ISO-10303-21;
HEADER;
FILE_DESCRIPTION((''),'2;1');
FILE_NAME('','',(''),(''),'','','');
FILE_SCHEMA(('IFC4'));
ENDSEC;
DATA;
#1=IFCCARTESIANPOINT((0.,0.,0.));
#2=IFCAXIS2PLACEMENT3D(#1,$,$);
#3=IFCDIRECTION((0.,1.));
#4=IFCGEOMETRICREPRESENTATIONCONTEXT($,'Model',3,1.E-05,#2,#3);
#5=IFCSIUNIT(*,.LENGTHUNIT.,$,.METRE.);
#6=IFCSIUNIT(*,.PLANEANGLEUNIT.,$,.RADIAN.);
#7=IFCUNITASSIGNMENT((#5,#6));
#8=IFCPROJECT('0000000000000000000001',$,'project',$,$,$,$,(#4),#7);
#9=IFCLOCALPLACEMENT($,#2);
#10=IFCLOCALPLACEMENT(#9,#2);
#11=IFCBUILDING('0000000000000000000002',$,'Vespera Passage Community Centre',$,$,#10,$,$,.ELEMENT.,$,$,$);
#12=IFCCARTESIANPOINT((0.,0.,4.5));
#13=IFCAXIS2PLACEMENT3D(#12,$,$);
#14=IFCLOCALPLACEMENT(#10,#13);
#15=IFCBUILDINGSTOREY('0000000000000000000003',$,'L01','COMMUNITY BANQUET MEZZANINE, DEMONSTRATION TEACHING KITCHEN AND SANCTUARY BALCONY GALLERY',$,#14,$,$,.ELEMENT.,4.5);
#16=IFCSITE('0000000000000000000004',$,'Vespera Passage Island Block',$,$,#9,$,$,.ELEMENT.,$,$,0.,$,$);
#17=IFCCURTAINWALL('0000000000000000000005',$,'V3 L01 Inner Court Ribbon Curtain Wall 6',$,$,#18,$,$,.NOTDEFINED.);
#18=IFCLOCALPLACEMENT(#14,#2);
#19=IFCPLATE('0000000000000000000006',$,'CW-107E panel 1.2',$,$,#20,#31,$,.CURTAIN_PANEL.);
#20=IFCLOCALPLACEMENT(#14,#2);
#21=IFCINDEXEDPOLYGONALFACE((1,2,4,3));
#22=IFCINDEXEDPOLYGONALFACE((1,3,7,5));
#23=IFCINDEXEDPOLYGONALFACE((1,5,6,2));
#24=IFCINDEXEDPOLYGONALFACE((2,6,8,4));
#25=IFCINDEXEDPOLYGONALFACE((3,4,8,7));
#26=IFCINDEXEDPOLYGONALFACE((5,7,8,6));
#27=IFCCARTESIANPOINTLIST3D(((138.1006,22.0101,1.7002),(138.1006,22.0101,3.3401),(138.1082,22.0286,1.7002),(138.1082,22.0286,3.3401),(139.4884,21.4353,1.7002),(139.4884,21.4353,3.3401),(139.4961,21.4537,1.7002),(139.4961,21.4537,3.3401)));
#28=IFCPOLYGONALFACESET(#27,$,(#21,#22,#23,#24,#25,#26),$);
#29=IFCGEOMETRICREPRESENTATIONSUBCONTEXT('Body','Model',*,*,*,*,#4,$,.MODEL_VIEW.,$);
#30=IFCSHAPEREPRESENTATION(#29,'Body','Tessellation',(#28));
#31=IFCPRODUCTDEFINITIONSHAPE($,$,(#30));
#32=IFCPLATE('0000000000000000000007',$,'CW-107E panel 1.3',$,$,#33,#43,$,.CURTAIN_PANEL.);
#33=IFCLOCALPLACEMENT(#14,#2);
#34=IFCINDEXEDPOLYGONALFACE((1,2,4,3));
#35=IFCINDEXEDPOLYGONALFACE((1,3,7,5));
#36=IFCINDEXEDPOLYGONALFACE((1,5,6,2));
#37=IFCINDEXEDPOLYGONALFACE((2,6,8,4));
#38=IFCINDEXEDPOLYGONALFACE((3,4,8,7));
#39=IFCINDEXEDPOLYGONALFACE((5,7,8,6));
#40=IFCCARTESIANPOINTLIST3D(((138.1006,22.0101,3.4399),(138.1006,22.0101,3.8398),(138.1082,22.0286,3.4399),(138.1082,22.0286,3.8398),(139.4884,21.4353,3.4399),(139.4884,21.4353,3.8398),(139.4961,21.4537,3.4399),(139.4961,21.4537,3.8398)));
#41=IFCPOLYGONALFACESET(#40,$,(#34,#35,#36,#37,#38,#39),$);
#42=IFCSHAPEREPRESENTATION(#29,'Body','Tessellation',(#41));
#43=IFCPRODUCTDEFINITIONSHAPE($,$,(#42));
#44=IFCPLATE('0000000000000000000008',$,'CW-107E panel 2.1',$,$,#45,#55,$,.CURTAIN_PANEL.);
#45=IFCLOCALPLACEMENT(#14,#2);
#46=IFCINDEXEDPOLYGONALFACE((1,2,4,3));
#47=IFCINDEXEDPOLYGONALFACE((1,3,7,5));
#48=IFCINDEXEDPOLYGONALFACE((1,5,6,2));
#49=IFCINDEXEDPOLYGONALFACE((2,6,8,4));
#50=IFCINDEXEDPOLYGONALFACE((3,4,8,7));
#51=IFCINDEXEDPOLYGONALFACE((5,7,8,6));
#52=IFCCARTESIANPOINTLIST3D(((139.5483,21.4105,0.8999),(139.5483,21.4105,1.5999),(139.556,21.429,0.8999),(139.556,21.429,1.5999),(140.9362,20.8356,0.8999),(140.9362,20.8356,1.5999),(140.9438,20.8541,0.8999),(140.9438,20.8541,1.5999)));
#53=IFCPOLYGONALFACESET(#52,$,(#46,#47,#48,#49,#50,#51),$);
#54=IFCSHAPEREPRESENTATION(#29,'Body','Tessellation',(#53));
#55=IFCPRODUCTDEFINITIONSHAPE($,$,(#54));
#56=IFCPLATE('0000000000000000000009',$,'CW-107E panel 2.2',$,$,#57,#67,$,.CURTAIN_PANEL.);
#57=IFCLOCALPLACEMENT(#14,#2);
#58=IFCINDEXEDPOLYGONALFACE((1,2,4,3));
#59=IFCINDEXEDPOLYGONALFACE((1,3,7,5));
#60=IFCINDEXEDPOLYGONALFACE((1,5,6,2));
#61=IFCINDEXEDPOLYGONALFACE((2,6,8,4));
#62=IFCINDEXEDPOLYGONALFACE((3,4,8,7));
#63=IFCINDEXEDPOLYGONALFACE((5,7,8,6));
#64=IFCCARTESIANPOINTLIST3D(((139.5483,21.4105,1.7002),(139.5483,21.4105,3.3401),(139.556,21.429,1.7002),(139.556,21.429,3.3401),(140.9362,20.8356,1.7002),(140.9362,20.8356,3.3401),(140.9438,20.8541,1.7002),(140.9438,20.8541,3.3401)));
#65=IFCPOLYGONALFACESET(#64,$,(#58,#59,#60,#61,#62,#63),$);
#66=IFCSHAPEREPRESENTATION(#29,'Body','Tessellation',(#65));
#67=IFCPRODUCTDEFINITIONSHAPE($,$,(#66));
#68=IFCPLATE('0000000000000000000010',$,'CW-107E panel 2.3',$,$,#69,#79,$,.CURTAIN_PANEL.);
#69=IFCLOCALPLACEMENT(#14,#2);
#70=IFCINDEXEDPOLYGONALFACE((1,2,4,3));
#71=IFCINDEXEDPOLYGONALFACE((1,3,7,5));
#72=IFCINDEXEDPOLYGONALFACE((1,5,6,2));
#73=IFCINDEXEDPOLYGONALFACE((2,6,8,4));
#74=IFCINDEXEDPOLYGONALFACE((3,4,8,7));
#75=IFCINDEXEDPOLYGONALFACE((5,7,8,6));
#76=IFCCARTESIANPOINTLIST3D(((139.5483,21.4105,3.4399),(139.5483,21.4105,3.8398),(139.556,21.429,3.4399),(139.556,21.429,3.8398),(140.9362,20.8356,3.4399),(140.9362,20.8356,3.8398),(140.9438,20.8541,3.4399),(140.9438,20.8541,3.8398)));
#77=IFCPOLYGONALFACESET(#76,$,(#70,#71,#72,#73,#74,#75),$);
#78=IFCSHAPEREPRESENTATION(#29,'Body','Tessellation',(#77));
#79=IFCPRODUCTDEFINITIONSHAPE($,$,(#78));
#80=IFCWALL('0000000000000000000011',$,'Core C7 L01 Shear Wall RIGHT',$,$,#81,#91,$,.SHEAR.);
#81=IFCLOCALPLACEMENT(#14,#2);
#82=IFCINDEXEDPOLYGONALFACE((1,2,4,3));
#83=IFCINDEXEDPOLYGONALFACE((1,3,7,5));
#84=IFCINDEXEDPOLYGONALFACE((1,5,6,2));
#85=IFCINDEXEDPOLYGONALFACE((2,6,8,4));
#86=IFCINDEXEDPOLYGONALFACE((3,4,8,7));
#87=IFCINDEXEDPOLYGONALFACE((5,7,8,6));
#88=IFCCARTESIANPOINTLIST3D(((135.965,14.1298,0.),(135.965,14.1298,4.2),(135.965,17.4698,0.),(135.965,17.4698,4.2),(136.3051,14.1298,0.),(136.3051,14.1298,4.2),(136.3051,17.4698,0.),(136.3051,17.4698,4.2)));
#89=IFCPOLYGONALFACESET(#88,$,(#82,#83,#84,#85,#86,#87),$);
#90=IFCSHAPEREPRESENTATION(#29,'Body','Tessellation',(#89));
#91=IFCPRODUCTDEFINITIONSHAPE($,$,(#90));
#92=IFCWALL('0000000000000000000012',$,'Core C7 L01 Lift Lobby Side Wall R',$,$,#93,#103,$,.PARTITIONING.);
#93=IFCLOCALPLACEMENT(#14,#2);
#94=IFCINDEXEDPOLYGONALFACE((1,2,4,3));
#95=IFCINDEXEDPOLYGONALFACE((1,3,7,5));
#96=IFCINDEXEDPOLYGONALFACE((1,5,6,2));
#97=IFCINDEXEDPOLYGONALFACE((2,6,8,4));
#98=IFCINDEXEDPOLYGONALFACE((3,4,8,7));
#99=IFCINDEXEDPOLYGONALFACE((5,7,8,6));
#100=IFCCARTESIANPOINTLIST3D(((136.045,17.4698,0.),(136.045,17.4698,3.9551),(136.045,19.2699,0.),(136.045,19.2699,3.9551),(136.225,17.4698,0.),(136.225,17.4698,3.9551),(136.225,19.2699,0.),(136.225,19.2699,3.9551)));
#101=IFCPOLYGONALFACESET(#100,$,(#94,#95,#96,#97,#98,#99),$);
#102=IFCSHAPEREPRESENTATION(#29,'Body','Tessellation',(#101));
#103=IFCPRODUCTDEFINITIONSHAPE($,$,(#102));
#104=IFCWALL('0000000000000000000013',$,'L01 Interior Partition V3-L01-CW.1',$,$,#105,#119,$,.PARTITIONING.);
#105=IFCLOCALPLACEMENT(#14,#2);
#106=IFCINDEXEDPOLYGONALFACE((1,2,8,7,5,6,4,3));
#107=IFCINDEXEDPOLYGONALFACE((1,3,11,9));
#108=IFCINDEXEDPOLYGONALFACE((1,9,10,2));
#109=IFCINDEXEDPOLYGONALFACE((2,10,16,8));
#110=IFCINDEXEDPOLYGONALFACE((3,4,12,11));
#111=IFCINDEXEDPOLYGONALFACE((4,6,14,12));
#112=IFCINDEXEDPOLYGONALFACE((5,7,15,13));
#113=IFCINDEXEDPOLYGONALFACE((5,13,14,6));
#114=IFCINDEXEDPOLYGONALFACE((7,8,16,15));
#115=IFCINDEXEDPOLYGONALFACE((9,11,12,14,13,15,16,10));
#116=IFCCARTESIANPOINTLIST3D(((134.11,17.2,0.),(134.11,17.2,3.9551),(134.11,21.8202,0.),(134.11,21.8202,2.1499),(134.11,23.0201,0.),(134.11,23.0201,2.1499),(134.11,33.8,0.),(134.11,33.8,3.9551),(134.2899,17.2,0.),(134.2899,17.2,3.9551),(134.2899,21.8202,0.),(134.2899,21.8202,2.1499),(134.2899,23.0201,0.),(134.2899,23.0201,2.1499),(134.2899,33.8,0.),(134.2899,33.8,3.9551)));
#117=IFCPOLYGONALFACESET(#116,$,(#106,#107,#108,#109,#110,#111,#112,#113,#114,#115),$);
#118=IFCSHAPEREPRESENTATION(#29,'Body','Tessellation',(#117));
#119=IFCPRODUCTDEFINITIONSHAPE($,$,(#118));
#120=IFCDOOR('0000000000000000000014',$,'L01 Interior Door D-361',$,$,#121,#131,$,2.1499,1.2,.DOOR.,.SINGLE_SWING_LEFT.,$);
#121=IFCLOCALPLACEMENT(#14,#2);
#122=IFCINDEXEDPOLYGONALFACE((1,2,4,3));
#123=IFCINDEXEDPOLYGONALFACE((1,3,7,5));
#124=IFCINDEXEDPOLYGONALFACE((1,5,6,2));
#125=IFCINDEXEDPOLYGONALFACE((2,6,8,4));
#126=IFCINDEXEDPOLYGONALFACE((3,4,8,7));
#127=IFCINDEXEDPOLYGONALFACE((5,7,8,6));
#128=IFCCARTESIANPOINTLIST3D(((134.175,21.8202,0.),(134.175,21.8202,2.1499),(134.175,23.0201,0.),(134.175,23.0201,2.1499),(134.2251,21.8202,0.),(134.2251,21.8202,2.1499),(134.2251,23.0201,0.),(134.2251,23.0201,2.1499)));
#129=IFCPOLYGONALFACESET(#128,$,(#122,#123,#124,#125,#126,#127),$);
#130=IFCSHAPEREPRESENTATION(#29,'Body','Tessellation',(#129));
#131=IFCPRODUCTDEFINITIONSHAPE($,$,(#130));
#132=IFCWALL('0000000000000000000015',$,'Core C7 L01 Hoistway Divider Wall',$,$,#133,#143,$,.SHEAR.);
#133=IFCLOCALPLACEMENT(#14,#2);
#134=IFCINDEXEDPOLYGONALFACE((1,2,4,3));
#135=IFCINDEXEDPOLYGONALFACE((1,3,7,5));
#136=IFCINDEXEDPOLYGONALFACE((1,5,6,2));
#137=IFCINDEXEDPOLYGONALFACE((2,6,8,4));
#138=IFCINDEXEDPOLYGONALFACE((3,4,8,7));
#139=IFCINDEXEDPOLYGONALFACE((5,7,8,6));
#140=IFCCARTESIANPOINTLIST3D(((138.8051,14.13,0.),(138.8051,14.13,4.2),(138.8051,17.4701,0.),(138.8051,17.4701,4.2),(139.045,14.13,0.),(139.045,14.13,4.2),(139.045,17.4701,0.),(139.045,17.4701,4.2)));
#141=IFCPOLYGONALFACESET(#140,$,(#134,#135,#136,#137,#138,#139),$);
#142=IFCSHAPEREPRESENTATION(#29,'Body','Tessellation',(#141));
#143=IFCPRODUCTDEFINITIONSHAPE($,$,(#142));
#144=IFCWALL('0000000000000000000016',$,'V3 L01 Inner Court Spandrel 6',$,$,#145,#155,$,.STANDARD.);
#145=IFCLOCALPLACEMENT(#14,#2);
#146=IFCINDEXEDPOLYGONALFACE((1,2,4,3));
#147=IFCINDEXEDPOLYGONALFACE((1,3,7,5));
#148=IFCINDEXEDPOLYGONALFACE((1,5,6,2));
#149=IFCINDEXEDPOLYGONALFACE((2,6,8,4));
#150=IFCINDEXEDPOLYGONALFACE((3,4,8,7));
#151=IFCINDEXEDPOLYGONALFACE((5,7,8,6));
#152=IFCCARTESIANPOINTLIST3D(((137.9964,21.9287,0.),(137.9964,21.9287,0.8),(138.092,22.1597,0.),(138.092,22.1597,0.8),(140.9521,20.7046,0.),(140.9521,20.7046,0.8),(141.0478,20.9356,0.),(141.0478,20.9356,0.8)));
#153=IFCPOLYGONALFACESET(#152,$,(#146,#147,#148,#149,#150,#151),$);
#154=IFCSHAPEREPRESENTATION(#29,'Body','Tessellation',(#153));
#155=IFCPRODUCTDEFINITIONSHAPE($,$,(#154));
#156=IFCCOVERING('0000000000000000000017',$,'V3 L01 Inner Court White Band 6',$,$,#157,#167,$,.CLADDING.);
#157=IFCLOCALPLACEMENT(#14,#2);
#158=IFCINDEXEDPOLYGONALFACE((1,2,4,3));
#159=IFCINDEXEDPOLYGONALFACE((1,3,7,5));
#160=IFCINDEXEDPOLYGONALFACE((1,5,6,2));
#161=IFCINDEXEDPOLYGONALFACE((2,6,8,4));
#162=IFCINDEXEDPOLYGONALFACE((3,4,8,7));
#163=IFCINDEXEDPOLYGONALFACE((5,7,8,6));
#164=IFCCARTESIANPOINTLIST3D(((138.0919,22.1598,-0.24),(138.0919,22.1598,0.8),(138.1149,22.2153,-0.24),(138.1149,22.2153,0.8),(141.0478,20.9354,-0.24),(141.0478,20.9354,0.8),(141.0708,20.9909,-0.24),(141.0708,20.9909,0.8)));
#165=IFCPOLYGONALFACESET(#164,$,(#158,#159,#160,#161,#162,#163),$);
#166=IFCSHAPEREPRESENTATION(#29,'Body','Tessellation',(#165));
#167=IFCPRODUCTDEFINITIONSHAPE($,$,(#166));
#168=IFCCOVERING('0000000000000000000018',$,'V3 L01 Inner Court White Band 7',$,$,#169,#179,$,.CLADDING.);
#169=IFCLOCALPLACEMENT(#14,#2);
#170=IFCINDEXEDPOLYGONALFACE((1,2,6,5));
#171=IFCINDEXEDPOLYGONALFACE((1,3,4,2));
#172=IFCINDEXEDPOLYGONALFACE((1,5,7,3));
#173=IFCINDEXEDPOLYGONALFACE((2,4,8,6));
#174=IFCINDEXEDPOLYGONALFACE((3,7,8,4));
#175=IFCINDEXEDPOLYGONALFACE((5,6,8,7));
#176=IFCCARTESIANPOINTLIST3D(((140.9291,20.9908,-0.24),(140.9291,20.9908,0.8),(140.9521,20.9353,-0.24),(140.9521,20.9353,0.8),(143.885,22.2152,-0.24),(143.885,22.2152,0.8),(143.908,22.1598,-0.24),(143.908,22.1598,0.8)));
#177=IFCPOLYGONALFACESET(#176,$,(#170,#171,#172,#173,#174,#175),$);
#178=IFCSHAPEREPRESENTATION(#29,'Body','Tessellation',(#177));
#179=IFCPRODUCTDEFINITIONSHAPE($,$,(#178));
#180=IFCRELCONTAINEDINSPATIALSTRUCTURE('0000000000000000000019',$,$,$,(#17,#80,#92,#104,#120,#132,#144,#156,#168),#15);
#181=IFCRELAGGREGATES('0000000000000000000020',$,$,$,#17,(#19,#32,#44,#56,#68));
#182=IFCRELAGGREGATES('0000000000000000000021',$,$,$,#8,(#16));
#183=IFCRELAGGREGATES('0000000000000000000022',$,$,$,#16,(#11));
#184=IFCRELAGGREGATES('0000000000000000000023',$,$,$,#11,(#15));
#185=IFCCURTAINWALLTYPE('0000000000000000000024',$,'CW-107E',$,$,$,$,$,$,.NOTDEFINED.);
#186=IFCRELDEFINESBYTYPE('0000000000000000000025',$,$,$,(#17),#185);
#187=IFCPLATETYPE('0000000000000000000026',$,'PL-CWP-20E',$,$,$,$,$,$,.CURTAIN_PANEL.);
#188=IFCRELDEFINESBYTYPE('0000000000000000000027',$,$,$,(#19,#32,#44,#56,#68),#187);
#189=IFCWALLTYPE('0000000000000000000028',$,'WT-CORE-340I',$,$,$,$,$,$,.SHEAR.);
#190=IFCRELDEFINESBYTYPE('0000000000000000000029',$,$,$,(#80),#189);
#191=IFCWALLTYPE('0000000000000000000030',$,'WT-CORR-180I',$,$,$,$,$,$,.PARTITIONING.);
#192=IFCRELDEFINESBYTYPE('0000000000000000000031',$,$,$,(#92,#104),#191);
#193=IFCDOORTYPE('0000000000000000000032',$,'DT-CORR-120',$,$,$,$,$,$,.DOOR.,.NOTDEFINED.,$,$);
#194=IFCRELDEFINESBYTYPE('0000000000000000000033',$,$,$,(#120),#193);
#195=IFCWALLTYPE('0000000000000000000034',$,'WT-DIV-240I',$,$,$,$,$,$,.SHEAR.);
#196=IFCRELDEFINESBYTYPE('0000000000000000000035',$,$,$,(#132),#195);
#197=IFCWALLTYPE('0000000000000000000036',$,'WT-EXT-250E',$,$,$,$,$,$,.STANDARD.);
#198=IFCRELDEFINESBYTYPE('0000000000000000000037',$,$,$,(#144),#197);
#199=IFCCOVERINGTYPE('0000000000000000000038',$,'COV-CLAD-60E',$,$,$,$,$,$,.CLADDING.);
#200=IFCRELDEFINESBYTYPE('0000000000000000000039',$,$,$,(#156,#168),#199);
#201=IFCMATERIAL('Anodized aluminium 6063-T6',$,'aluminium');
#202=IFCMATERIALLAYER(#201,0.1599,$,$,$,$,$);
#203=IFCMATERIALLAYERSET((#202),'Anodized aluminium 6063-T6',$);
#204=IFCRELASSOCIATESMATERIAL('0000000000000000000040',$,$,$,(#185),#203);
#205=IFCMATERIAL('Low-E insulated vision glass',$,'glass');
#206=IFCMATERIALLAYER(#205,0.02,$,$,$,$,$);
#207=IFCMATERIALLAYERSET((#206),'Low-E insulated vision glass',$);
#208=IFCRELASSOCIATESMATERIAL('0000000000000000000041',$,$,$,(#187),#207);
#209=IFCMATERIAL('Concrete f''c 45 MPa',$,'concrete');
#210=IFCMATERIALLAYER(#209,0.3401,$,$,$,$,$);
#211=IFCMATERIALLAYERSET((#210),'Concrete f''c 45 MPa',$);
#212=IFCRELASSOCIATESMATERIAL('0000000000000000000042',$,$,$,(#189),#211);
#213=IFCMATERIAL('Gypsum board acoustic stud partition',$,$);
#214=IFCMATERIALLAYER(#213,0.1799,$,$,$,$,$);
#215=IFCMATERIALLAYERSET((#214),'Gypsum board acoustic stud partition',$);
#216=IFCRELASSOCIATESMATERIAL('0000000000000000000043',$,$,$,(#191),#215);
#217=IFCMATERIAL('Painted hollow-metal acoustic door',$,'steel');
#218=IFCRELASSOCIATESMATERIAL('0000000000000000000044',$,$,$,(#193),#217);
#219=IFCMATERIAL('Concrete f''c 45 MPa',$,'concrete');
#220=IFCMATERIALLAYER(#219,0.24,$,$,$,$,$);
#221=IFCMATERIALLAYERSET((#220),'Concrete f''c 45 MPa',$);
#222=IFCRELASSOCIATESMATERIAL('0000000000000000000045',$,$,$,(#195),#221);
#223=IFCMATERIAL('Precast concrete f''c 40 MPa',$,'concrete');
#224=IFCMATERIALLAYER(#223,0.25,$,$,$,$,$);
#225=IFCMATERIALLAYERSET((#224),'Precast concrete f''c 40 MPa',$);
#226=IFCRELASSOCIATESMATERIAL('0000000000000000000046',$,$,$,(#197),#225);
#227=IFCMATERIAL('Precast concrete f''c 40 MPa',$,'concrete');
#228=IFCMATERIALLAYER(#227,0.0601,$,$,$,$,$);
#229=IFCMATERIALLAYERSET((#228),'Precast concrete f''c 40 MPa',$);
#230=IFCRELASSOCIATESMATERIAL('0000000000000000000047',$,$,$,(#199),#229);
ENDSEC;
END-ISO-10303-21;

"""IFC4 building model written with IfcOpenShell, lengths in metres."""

from ifc_helpers import new_model, si_unit, direction, frame, frame_2d, origin, origin_2d, place, context, subcontext, project, spatial, rectangle, extrude, material, layer, layer_set, type_object, element, fill, aggregate, save


model = new_model("IFC4")

# Units and contexts
model_context = context("Model", 3, precision=1e-05, world=origin(), true_north=direction((0.0, 1.0)))
body_context = subcontext(model_context, "Body", "Model", "MODEL_VIEW")
ifc_project = project(units=[si_unit("LENGTHUNIT", "METRE"), si_unit("PLANEANGLEUNIT", "RADIAN")], contexts=[model_context])

# Site, building, storey
site_placement = place(None, origin())
site = spatial("IfcSite", under=ifc_project, at=site_placement, Name="Vespera Passage Island Block", CompositionType="ELEMENT", RefElevation=0.0)
building_placement = place(site_placement, origin())
building = spatial("IfcBuilding", under=site, at=building_placement, Name="Vespera Passage Community Centre", CompositionType="ELEMENT")
storey_placement = place(building_placement, frame((0.0, 0.0, 4.5)))
storey = spatial("IfcBuildingStorey", under=building, at=storey_placement, Name="L01", Description="COMMUNITY BANQUET MEZZANINE, DEMONSTRATION TEACHING KITCHEN AND SANCTUARY BALCONY GALLERY", CompositionType="ELEMENT", Elevation=4.5)

# Shared definitions
ifc_material_1 = material(Name="Anodized aluminium 6063-T6", Category="aluminium")
ifc_layer_1 = layer(ifc_material_1, 0.1599)
ifc_layer_set_1 = layer_set([ifc_layer_1], Name="Anodized aluminium 6063-T6")
curtain_wall_type = type_object("IfcCurtainWallType", Name="CW-107E", PredefinedType="NOTDEFINED", material=ifc_layer_set_1)

# Curtain wall
curtain_wall_1_placement = place(storey_placement, origin())
curtain_wall_1 = element("IfcCurtainWall", 1, at=curtain_wall_1_placement, inside=storey, type_object=curtain_wall_type, Name="V3 L01 Inner Court Ribbon Curtain Wall 6", PredefinedType="NOTDEFINED")

# Plates
ifc_material_2 = material(Name="Low-E insulated vision glass", Category="glass")
ifc_layer_2 = layer(ifc_material_2, 0.02)
ifc_layer_set_2 = layer_set([ifc_layer_2], Name="Low-E insulated vision glass")
plate_type = type_object("IfcPlateType", Name="PL-CWP-20E", PredefinedType="CURTAIN_PANEL", material=ifc_layer_set_2)
plate_1_placement = place(storey_placement, frame((138.7983, 21.7319, 1.7002), z_axis=(0.0, 0.0, 1.0), x_axis=(0.923879, -0.382686, 0.0)))
plate_1 = element("IfcPlate", 2, at=plate_1_placement, type_object=plate_type, Name="CW-107E panel 1.2", PredefinedType="CURTAIN_PANEL", context=body_context, shape_type="SweptSolid", body=[
    extrude(rectangle(XDim=1.5022, YDim=0.02, at=origin_2d()), origin(), (0.0, 0.0, 1.0), 1.6399),
])
plate_2_placement = place(storey_placement, frame((138.7983, 21.7319, 3.4399), z_axis=(0.0, 0.0, 1.0), x_axis=(0.923879, -0.382686, 0.0)))
plate_2 = element("IfcPlate", 3, at=plate_2_placement, type_object=plate_type, Name="CW-107E panel 1.3", PredefinedType="CURTAIN_PANEL", context=body_context, shape_type="SweptSolid", body=[
    extrude(rectangle(XDim=1.5022, YDim=0.02, at=origin_2d()), origin(), (0.0, 0.0, 1.0), 0.3999),
])
plate_3_placement = place(storey_placement, frame((140.2461, 21.1323, 0.8999), z_axis=(0.0, 0.0, 1.0), x_axis=(0.923879, -0.382686, 0.0)))
plate_3 = element("IfcPlate", 4, at=plate_3_placement, type_object=plate_type, Name="CW-107E panel 2.1", PredefinedType="CURTAIN_PANEL", context=body_context, shape_type="SweptSolid", body=[
    extrude(rectangle(XDim=1.5022, YDim=0.02, at=origin_2d()), origin(), (0.0, 0.0, 1.0), 0.7),
])
plate_4_placement = place(storey_placement, frame((140.2461, 21.1323, 1.7002), z_axis=(0.0, 0.0, 1.0), x_axis=(0.923879, -0.382686, 0.0)))
plate_4 = element("IfcPlate", 5, at=plate_4_placement, type_object=plate_type, Name="CW-107E panel 2.2", PredefinedType="CURTAIN_PANEL", context=body_context, shape_type="SweptSolid", body=[
    extrude(rectangle(XDim=1.5022, YDim=0.02, at=origin_2d()), origin(), (0.0, 0.0, 1.0), 1.6399),
])
plate_5_placement = place(storey_placement, frame((140.2461, 21.1323, 3.4399), z_axis=(0.0, 0.0, 1.0), x_axis=(0.923879, -0.382686, 0.0)))
plate_5 = element("IfcPlate", 6, at=plate_5_placement, type_object=plate_type, Name="CW-107E panel 2.3", PredefinedType="CURTAIN_PANEL", context=body_context, shape_type="SweptSolid", body=[
    extrude(rectangle(XDim=1.5022, YDim=0.02, at=origin_2d()), origin(), (0.0, 0.0, 1.0), 0.3999),
])
aggregate(curtain_wall_1, [plate_1, plate_2, plate_3, plate_4, plate_5])

# Shared definitions
ifc_material_3 = material(Name="Concrete f'c 45 MPa", Category="concrete")
ifc_layer_3 = layer(ifc_material_3, 0.3401)
ifc_layer_set_3 = layer_set([ifc_layer_3], Name="Concrete f'c 45 MPa")
wall_type_1 = type_object("IfcWallType", Name="WT-CORE-340I", PredefinedType="SHEAR", material=ifc_layer_set_3)

# Walls
wall_1_placement = place(storey_placement, frame((136.135, 14.1299, 0.0), z_axis=(0.0, 0.0, 1.0), x_axis=(0.0, 1.0, 0.0)))
element("IfcWall", 7, at=wall_1_placement, inside=storey, type_object=wall_type_1, Name="Core C7 L01 Shear Wall RIGHT", PredefinedType="SHEAR", context=body_context, shape_type="SweptSolid", body=[
    extrude(rectangle(XDim=3.3401, YDim=0.3401, at=frame_2d((1.6699, 0.0))), origin(), (0.0, 0.0, 1.0), 4.2),
])
ifc_material_4 = material(Name="Gypsum board acoustic stud partition")
ifc_layer_4 = layer(ifc_material_4, 0.1799)
ifc_layer_set_4 = layer_set([ifc_layer_4], Name="Gypsum board acoustic stud partition")
wall_type_2 = type_object("IfcWallType", Name="WT-CORR-180I", PredefinedType="PARTITIONING", material=ifc_layer_set_4)
wall_2_placement = place(storey_placement, frame((136.135, 17.47, 0.0), z_axis=(0.0, 0.0, 1.0), x_axis=(0.0, 1.0, 0.0)))
element("IfcWall", 8, at=wall_2_placement, inside=storey, type_object=wall_type_2, Name="Core C7 L01 Lift Lobby Side Wall R", PredefinedType="PARTITIONING", context=body_context, shape_type="SweptSolid", body=[
    extrude(rectangle(XDim=1.8, YDim=0.1799, at=frame_2d((0.8999, 0.0))), origin(), (0.0, 0.0, 1.0), 3.9551),
])

# Wall, opening, door
wall_3_placement = place(storey_placement, frame((134.2, 17.2, 0.0), z_axis=(0.0, 0.0, 1.0), x_axis=(0.0, 1.0, 0.0)))
wall_3 = element("IfcWall", 9, at=wall_3_placement, inside=storey, type_object=wall_type_2, Name="L01 Interior Partition V3-L01-CW.1", PredefinedType="PARTITIONING", context=body_context, shape_type="SweptSolid", body=[
    extrude(rectangle(XDim=16.6001, YDim=0.1799, at=frame_2d((8.3, 0.0))), origin(), (0.0, 0.0, 1.0), 3.9551),
])
opening_1_placement = place(wall_3_placement, frame((4.6201, 0.0, 0.0)))
opening_1 = element("IfcOpeningElement", 10, at=opening_1_placement, cuts=wall_3, PredefinedType="OPENING", context=body_context, shape_type="SweptSolid", body=[
    extrude(rectangle(XDim=1.2, YDim=2.1499, at=frame_2d((0.6001, 1.075))), frame((0.0, 0.0999, 0.0), z_axis=(0.0, -1.0, 0.0), x_axis=(1.0, 0.0, 0.0)), (0.0, 0.0, 1.0), 0.2),
])
ifc_material_5 = material(Name="Painted hollow-metal acoustic door", Category="steel")
door_type_1 = type_object("IfcDoorType", Name="DT-CORR-120", OperationType="NOTDEFINED", PredefinedType="DOOR", material=ifc_material_5)
door_1_placement = place(opening_1_placement, origin())
door_1 = element("IfcDoor", 11, at=door_1_placement, inside=storey, type_object=door_type_1, Name="L01 Interior Door D-361", OperationType="SINGLE_SWING_LEFT", OverallHeight=2.1499, OverallWidth=1.2, PredefinedType="DOOR", context=body_context, shape_type="SweptSolid", body=[
    extrude(rectangle(XDim=1.2, YDim=2.1499, at=frame_2d((0.6001, 1.075))), frame((0.0, 0.0249, 0.0), z_axis=(0.0, -1.0, 0.0), x_axis=(1.0, 0.0, 0.0)), (0.0, 0.0, 1.0), 0.05),
])
fill(opening_1, door_1)

# Walls
ifc_material_6 = material(Name="Concrete f'c 45 MPa", Category="concrete")
ifc_layer_5 = layer(ifc_material_6, 0.24)
ifc_layer_set_5 = layer_set([ifc_layer_5], Name="Concrete f'c 45 MPa")
wall_type_3 = type_object("IfcWallType", Name="WT-DIV-240I", PredefinedType="SHEAR", material=ifc_layer_set_5)
wall_4_placement = place(storey_placement, frame((138.925, 17.47, 0.0), z_axis=(0.0, 0.0, 1.0), x_axis=(0.0, -1.0, 0.0)))
element("IfcWall", 12, at=wall_4_placement, inside=storey, type_object=wall_type_3, Name="Core C7 L01 Hoistway Divider Wall", PredefinedType="SHEAR", context=body_context, shape_type="SweptSolid", body=[
    extrude(rectangle(XDim=3.3401, YDim=0.24, at=frame_2d((1.6699, 0.0))), origin(), (0.0, 0.0, 1.0), 4.2),
])
ifc_material_7 = material(Name="Precast concrete f'c 40 MPa", Category="concrete")
ifc_layer_6 = layer(ifc_material_7, 0.25)
ifc_layer_set_6 = layer_set([ifc_layer_6], Name="Precast concrete f'c 40 MPa")
wall_type_4 = type_object("IfcWallType", Name="WT-EXT-250E", PredefinedType="STANDARD", material=ifc_layer_set_6)
wall_5_placement = place(storey_placement, frame((138.0442, 22.0442, 0.0), z_axis=(0.0, 0.0, 1.0), x_axis=(0.923903, -0.382626, 0.0)))
element("IfcWall", 13, at=wall_5_placement, inside=storey, type_object=wall_type_4, Name="V3 L01 Inner Court Spandrel 6", PredefinedType="STANDARD", context=body_context, shape_type="SweptSolid", body=[
    extrude(rectangle(XDim=3.1992, YDim=0.25, at=frame_2d((1.5996, 0.0))), origin(), (0.0, 0.0, 1.0), 0.8),
])

# Coverings
ifc_material_8 = material(Name="Precast concrete f'c 40 MPa", Category="concrete")
ifc_layer_7 = layer(ifc_material_8, 0.0601)
ifc_layer_set_7 = layer_set([ifc_layer_7], Name="Precast concrete f'c 40 MPa")
covering_type = type_object("IfcCoveringType", Name="COV-CLAD-60E", PredefinedType="CLADDING", material=ifc_layer_set_7)
for number, where, z_axis, x_axis, name in (
    (14, (138.1035, 22.1875, -0.24), (0.0, 0.0, 1.0), (0.923876, -0.382691, 0.0), "V3 L01 Inner Court White Band 6"),
    (15, (140.9407, 20.9631, -0.24), (0.0, 0.0, 1.0), (0.923876, 0.382691, 0.0), "V3 L01 Inner Court White Band 7"),
):
    element("IfcCovering", number, at=place(storey_placement, frame(where, z_axis=z_axis, x_axis=x_axis)), inside=storey, type_object=covering_type, Name=name, PredefinedType="CLADDING", context=body_context, shape_type="SweptSolid", body=[
        extrude(rectangle(XDim=3.1995, YDim=0.0601, at=frame_2d((1.5996, 0.0))), origin(), (0.0, 0.0, 1.0), 1.04),
    ])

save(model, "model.ifc")
